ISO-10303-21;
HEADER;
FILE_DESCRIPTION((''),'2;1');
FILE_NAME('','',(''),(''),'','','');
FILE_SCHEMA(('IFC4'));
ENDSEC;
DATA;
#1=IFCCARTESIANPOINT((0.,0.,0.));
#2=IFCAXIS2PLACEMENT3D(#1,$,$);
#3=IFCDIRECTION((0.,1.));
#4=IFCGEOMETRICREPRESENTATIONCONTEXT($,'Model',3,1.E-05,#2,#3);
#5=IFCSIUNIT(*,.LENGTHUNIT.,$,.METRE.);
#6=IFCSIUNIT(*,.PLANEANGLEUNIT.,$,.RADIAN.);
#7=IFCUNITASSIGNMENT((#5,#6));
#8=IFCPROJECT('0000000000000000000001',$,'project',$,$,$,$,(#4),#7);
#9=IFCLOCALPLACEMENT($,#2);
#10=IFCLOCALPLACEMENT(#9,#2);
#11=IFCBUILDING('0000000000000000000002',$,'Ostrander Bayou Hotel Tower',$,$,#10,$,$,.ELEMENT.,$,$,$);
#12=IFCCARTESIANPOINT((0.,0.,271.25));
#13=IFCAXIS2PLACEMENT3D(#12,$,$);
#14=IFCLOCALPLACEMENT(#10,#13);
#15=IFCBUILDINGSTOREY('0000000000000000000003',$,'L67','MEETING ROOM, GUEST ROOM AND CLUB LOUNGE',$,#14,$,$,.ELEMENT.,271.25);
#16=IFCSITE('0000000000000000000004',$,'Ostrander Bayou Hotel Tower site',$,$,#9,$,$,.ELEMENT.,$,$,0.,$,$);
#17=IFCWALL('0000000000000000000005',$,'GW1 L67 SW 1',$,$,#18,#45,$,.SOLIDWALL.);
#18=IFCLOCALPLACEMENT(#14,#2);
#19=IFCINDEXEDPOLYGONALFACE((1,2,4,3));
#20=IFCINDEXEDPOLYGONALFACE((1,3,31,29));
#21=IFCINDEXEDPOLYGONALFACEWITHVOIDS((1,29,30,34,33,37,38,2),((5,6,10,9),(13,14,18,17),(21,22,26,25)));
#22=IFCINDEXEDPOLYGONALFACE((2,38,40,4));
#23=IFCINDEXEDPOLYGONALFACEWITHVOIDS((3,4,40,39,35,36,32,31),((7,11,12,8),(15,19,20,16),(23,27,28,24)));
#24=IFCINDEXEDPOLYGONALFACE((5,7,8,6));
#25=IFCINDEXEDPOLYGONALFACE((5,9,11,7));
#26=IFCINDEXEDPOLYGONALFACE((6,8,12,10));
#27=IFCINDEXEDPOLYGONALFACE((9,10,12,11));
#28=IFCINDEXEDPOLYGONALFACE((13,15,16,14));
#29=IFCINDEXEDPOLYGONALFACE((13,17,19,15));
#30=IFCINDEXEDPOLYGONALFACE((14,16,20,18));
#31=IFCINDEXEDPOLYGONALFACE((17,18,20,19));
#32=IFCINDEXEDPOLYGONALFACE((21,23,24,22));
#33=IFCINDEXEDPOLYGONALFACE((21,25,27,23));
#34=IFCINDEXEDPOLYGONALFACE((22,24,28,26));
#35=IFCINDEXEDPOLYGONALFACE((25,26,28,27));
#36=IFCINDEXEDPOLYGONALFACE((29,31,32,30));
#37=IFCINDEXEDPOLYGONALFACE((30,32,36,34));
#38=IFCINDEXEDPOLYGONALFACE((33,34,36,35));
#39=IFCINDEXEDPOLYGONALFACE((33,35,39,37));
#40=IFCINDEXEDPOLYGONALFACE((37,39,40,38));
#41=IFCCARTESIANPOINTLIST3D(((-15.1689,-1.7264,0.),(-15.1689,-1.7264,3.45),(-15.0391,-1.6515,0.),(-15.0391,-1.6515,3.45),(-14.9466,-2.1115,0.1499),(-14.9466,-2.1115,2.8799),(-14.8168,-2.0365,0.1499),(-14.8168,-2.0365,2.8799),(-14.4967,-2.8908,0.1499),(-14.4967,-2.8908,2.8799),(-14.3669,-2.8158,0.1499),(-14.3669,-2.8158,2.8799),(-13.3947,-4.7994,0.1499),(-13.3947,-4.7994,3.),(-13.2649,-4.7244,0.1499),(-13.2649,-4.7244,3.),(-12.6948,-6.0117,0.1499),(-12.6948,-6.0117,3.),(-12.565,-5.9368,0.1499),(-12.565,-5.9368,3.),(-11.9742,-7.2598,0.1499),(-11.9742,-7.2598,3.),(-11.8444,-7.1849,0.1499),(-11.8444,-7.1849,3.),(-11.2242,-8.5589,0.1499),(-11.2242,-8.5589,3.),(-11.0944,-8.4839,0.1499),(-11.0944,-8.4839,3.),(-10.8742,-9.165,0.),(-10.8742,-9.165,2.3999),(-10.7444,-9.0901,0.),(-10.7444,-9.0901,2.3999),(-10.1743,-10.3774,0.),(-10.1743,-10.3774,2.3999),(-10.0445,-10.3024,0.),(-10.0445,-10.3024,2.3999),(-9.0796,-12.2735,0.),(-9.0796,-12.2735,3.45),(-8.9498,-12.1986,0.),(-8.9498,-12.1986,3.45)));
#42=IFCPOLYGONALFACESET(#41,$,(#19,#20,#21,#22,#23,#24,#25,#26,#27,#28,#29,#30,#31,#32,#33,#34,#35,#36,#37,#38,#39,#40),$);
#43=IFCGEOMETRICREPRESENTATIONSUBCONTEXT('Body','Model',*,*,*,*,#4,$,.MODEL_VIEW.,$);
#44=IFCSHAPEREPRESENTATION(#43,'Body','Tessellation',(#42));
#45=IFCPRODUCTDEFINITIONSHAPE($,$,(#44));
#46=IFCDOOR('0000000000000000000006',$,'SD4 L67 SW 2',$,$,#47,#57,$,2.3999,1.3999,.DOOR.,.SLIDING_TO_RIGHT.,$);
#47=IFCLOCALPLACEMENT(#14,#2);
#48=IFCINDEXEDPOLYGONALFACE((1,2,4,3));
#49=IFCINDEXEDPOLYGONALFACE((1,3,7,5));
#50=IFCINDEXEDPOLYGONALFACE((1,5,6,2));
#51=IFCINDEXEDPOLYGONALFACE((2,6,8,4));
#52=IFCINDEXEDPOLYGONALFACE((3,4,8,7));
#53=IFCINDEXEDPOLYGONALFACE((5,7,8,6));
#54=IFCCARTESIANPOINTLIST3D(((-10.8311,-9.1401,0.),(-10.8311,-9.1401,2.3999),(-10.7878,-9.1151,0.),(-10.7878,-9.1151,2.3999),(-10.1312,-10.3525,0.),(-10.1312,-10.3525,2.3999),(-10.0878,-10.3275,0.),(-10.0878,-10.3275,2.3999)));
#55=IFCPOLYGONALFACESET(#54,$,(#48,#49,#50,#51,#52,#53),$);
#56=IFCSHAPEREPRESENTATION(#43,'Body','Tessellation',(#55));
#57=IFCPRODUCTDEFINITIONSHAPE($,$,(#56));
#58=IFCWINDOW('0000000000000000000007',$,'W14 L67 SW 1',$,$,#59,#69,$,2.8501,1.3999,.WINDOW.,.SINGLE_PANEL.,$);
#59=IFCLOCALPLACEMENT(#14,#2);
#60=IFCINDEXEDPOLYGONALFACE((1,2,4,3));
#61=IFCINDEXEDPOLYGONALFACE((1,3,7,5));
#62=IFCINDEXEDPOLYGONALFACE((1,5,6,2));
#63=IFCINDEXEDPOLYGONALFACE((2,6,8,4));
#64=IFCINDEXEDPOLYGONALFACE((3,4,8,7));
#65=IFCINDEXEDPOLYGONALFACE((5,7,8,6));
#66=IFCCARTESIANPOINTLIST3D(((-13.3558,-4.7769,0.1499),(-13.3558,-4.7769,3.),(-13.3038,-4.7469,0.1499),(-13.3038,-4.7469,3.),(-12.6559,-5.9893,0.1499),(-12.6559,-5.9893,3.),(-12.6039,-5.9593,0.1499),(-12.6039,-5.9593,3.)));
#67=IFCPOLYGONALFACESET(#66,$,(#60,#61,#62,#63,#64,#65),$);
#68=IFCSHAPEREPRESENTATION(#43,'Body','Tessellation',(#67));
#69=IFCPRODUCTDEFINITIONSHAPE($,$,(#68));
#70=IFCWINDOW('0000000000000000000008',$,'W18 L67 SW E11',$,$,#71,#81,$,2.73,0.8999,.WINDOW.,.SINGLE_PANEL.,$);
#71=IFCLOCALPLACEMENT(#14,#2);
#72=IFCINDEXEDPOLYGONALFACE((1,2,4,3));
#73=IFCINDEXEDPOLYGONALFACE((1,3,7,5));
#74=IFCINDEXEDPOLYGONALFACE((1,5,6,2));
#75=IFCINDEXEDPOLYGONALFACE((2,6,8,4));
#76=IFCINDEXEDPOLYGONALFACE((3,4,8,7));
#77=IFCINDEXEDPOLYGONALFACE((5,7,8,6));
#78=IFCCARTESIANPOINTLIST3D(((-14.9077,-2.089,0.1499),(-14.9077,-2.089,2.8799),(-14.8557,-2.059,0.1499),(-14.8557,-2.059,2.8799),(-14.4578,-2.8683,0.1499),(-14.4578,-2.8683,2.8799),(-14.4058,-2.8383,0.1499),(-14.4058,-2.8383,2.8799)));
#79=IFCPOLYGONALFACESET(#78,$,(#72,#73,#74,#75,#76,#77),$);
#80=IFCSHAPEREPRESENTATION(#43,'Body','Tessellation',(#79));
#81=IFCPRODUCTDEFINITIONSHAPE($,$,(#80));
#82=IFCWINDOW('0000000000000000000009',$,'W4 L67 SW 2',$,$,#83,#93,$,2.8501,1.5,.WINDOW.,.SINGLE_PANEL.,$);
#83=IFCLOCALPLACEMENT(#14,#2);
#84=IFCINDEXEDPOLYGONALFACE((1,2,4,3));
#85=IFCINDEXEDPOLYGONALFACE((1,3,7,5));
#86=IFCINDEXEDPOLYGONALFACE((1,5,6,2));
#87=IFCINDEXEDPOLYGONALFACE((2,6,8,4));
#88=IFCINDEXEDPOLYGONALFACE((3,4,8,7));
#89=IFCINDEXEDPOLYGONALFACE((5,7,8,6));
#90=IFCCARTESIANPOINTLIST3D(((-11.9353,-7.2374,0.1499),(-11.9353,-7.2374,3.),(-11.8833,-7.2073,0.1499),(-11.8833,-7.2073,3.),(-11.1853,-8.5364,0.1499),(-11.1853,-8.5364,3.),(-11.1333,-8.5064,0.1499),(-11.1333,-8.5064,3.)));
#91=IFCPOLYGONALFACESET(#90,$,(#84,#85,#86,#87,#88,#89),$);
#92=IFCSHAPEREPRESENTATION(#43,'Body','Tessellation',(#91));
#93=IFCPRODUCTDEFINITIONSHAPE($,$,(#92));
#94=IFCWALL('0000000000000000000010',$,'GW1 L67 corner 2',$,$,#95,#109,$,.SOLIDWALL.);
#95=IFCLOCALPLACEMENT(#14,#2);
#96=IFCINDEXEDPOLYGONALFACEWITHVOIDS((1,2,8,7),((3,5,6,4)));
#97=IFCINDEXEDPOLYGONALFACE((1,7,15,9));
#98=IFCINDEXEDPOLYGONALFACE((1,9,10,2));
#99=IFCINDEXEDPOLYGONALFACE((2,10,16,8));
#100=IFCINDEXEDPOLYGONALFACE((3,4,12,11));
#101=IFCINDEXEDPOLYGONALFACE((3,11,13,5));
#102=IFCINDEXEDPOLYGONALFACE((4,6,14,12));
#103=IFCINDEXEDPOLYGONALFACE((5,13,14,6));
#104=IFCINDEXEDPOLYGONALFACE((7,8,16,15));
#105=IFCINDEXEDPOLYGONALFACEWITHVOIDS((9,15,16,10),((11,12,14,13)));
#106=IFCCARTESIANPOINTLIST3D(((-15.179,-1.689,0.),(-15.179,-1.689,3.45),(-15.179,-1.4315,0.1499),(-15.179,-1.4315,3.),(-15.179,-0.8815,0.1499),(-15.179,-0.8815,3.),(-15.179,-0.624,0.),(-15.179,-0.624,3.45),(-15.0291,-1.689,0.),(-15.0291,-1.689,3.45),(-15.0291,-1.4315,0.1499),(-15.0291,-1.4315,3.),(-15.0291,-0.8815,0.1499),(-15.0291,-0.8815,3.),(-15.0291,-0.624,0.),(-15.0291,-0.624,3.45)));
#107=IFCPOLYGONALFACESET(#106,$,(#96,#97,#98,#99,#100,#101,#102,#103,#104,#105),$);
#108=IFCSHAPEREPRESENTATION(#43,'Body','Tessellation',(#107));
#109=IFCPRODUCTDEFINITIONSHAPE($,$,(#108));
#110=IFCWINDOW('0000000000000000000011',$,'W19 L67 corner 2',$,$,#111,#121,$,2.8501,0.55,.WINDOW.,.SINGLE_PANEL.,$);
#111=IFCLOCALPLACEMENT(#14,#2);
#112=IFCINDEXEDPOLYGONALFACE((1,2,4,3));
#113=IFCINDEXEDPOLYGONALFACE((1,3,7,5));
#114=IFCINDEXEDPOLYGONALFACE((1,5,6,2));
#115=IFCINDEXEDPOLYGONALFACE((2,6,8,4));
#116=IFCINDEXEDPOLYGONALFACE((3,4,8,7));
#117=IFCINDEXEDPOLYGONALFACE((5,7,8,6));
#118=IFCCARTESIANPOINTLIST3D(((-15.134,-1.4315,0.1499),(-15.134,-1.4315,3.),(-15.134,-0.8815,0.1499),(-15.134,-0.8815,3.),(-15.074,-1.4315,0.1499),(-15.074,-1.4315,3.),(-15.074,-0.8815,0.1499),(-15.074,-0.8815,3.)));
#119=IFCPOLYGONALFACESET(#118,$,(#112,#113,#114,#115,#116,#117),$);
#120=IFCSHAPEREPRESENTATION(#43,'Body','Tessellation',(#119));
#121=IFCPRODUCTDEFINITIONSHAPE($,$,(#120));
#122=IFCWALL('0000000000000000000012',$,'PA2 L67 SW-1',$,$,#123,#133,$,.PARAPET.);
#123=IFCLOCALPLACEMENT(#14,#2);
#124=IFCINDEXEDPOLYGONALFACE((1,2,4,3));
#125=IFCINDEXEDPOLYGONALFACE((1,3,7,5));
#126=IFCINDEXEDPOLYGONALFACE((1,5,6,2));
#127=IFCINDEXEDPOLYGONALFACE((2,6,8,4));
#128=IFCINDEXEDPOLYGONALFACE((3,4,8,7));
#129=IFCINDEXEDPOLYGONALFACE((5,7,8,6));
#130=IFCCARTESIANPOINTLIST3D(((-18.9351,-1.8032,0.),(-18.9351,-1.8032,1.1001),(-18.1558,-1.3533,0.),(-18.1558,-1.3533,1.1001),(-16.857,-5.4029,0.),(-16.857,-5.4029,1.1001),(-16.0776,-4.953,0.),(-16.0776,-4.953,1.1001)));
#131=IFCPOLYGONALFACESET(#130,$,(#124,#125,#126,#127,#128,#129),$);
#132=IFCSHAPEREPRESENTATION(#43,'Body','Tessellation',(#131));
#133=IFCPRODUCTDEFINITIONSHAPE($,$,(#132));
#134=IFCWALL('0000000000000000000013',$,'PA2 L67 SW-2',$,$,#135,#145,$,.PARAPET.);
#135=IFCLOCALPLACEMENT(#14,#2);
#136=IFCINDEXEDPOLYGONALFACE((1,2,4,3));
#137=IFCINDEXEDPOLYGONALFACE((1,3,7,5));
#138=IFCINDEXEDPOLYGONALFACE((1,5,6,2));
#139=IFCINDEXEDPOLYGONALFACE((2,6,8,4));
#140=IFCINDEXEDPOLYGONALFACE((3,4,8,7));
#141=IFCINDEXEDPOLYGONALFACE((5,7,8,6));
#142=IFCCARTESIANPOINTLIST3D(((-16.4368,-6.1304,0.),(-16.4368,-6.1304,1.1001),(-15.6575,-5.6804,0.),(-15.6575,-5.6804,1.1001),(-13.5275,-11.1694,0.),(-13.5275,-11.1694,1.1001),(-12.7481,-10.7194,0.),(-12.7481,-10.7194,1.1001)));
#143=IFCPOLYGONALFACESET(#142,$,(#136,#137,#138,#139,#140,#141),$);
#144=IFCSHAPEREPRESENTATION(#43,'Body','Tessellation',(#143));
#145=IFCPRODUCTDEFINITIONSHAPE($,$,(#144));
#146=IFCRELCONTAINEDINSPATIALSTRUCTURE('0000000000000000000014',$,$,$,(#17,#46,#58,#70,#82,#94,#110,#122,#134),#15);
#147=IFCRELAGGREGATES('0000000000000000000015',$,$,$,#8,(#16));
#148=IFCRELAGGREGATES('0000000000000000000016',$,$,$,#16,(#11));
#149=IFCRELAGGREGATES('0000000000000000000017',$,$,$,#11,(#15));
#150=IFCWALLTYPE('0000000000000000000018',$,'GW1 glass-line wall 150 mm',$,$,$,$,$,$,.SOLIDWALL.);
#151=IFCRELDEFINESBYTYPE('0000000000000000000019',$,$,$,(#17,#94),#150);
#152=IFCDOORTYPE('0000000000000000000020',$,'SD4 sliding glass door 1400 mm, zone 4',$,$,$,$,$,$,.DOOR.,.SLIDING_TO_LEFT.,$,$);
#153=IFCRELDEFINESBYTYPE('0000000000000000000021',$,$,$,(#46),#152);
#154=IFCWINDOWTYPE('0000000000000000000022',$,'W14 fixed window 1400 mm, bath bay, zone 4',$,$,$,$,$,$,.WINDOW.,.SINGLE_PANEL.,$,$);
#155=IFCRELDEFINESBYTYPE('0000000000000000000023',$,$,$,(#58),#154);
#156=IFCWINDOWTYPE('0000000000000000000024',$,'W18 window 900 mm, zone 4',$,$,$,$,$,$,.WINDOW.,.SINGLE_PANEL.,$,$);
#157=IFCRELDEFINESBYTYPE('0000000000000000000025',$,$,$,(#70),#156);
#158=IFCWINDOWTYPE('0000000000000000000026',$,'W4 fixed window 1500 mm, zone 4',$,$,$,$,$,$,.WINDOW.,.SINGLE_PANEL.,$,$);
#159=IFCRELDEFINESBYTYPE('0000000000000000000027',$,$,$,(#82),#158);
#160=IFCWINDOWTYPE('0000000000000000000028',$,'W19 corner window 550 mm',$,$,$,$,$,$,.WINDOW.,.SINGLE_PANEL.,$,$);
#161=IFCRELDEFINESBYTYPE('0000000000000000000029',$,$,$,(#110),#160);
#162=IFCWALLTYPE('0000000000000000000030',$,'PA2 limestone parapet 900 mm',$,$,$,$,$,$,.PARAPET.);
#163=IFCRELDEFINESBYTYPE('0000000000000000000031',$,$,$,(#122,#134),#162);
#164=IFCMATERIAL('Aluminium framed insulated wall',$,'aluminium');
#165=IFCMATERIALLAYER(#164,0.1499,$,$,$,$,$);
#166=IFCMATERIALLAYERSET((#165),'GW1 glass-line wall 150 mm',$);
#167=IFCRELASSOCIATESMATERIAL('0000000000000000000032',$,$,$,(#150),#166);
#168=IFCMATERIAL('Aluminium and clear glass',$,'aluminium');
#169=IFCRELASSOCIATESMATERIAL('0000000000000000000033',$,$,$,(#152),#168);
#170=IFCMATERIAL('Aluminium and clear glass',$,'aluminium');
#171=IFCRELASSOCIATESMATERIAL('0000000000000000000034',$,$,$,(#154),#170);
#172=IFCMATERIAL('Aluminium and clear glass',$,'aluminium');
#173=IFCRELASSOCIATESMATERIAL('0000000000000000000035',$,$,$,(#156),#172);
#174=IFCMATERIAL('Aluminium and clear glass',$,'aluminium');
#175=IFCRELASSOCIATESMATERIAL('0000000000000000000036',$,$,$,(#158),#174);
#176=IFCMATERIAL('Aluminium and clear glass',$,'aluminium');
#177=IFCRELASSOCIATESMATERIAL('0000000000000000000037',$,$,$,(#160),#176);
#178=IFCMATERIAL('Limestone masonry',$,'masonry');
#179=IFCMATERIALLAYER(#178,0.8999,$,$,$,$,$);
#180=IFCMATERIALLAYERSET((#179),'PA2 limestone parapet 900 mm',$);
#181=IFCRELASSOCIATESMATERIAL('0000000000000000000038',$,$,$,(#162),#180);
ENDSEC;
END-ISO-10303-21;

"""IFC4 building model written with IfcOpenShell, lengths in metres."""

from ifc_helpers import new_model, si_unit, direction, frame, frame_2d, origin, place, context, subcontext, project, spatial, rectangle, extrude, material, layer, layer_set, type_object, element, fill, save


model = new_model("IFC4")

# Units and contexts
model_context = context("Model", 3, precision=1e-05, world=origin(), true_north=direction((0.0, 1.0)))
body_context = subcontext(model_context, "Body", "Model", "MODEL_VIEW")
ifc_project = project(units=[si_unit("LENGTHUNIT", "METRE"), si_unit("PLANEANGLEUNIT", "RADIAN")], contexts=[model_context])

# Site, building, storey
site_placement = place(None, origin())
site = spatial("IfcSite", under=ifc_project, at=site_placement, Name="Ostrander Bayou Hotel Tower site", CompositionType="ELEMENT", RefElevation=0.0)
building_placement = place(site_placement, origin())
building = spatial("IfcBuilding", under=site, at=building_placement, Name="Ostrander Bayou Hotel Tower", CompositionType="ELEMENT")
storey_placement = place(building_placement, frame((0.0, 0.0, 271.25)))
storey = spatial("IfcBuildingStorey", under=building, at=storey_placement, Name="L67", Description="MEETING ROOM, GUEST ROOM AND CLUB LOUNGE", CompositionType="ELEMENT", Elevation=271.25)

# Wall, openings, door, windows
ifc_material_1 = material(Name="Aluminium framed insulated wall", Category="aluminium")
ifc_layer_1 = layer(ifc_material_1, 0.1499)
ifc_layer_set_1 = layer_set([ifc_layer_1], Name="GW1 glass-line wall 150 mm")
wall_type_1 = type_object("IfcWallType", Name="GW1 glass-line wall 150 mm", PredefinedType="SOLIDWALL", material=ifc_layer_set_1)
wall_1_placement = place(storey_placement, frame((-15.104, -1.689, 0.0), z_axis=(0.0, 0.0, 1.0), x_axis=(0.499998, -0.866026, 0.0)))
wall_1 = element("IfcWall", 1, at=wall_1_placement, inside=storey, type_object=wall_type_1, Name="GW1 L67 SW 1", PredefinedType="SOLIDWALL", context=body_context, shape_type="SweptSolid", body=[
    extrude(rectangle(XDim=12.1787, YDim=0.1499, at=frame_2d((6.0894, 0.0))), origin(), (0.0, 0.0, 1.0), 3.45),
])
opening_1_placement = place(wall_1_placement, frame((3.5483, 0.0, 0.1499)))
opening_1 = element("IfcOpeningElement", 2, at=opening_1_placement, cuts=wall_1, PredefinedType="OPENING", context=body_context, shape_type="SweptSolid", body=[
    extrude(rectangle(XDim=1.3999, YDim=2.8501, at=frame_2d((0.7, 1.425))), frame((0.0, 0.075, 0.0), z_axis=(0.0, -1.0, 0.0), x_axis=(1.0, 0.0, 0.0)), (0.0, 0.0, 1.0), 0.1499),
])
opening_2_placement = place(wall_1_placement, frame((6.3894, 0.0, 0.1499)))
opening_2 = element("IfcOpeningElement", 3, at=opening_2_placement, cuts=wall_1, PredefinedType="OPENING", context=body_context, shape_type="SweptSolid", body=[
    extrude(rectangle(XDim=1.5, YDim=2.8501, at=frame_2d((0.75, 1.425))), frame((0.0, 0.075, 0.0), z_axis=(0.0, -1.0, 0.0), x_axis=(1.0, 0.0, 0.0)), (0.0, 0.0, 1.0), 0.1499),
])
opening_3_placement = place(wall_1_placement, frame((8.5894, 0.0, 0.0)))
opening_3 = element("IfcOpeningElement", 4, at=opening_3_placement, cuts=wall_1, PredefinedType="OPENING", context=body_context, shape_type="SweptSolid", body=[
    extrude(rectangle(XDim=1.3999, YDim=2.3999, at=frame_2d((0.7, 1.2))), frame((0.0, 0.075, 0.0), z_axis=(0.0, -1.0, 0.0), x_axis=(1.0, 0.0, 0.0)), (0.0, 0.0, 1.0), 0.1499),
])
opening_4_placement = place(wall_1_placement, frame((0.4446, 0.0, 0.1499)))
opening_4 = element("IfcOpeningElement", 5, at=opening_4_placement, cuts=wall_1, PredefinedType="OPENING", context=body_context, shape_type="SweptSolid", body=[
    extrude(rectangle(XDim=0.8999, YDim=2.73, at=frame_2d((0.45, 1.365))), frame((0.0, 0.075, 0.0), z_axis=(0.0, -1.0, 0.0), x_axis=(1.0, 0.0, 0.0)), (0.0, 0.0, 1.0), 0.1499),
])
ifc_material_2 = material(Name="Aluminium and clear glass", Category="aluminium")
door_type_1 = type_object("IfcDoorType", Name="SD4 sliding glass door 1400 mm, zone 4", OperationType="SLIDING_TO_LEFT", PredefinedType="DOOR", material=ifc_material_2)
door_1_placement = place(opening_3_placement, origin())
door_1 = element("IfcDoor", 6, at=door_1_placement, inside=storey, type_object=door_type_1, Name="SD4 L67 SW 2", OperationType="SLIDING_TO_RIGHT", OverallHeight=2.3999, OverallWidth=1.3999, PredefinedType="DOOR", context=body_context, shape_type="SweptSolid", body=[
    extrude(rectangle(XDim=1.3999, YDim=2.3999, at=frame_2d((0.7, 1.2))), frame((0.0, 0.0249, 0.0), z_axis=(0.0, -1.0, 0.0), x_axis=(1.0, 0.0, 0.0)), (0.0, 0.0, 1.0), 0.05),
])
fill(opening_3, door_1)
ifc_material_3 = material(Name="Aluminium and clear glass", Category="aluminium")
window_type_1 = type_object("IfcWindowType", Name="W14 fixed window 1400 mm, bath bay, zone 4", PartitioningType="SINGLE_PANEL", PredefinedType="WINDOW", material=ifc_material_3)
window_1_placement = place(opening_1_placement, origin())
window_1 = element("IfcWindow", 7, at=window_1_placement, inside=storey, type_object=window_type_1, Name="W14 L67 SW 1", OverallHeight=2.8501, OverallWidth=1.3999, PartitioningType="SINGLE_PANEL", PredefinedType="WINDOW", context=body_context, shape_type="SweptSolid", body=[
    extrude(rectangle(XDim=1.3999, YDim=2.8501, at=frame_2d((0.7, 1.425))), frame((0.0, 0.03, 0.0), z_axis=(0.0, -1.0, 0.0), x_axis=(1.0, 0.0, 0.0)), (0.0, 0.0, 1.0), 0.0601),
])
fill(opening_1, window_1)
ifc_material_4 = material(Name="Aluminium and clear glass", Category="aluminium")
window_type_2 = type_object("IfcWindowType", Name="W18 window 900 mm, zone 4", PartitioningType="SINGLE_PANEL", PredefinedType="WINDOW", material=ifc_material_4)
window_2_placement = place(opening_4_placement, origin())
window_2 = element("IfcWindow", 8, at=window_2_placement, inside=storey, type_object=window_type_2, Name="W18 L67 SW E11", OverallHeight=2.73, OverallWidth=0.8999, PartitioningType="SINGLE_PANEL", PredefinedType="WINDOW", context=body_context, shape_type="SweptSolid", body=[
    extrude(rectangle(XDim=0.8999, YDim=2.73, at=frame_2d((0.45, 1.365))), frame((0.0, 0.03, 0.0), z_axis=(0.0, -1.0, 0.0), x_axis=(1.0, 0.0, 0.0)), (0.0, 0.0, 1.0), 0.0601),
])
fill(opening_4, window_2)
ifc_material_5 = material(Name="Aluminium and clear glass", Category="aluminium")
window_type_3 = type_object("IfcWindowType", Name="W4 fixed window 1500 mm, zone 4", PartitioningType="SINGLE_PANEL", PredefinedType="WINDOW", material=ifc_material_5)
window_3_placement = place(opening_2_placement, origin())
window_3 = element("IfcWindow", 9, at=window_3_placement, inside=storey, type_object=window_type_3, Name="W4 L67 SW 2", OverallHeight=2.8501, OverallWidth=1.5, PartitioningType="SINGLE_PANEL", PredefinedType="WINDOW", context=body_context, shape_type="SweptSolid", body=[
    extrude(rectangle(XDim=1.5, YDim=2.8501, at=frame_2d((0.75, 1.425))), frame((0.0, 0.03, 0.0), z_axis=(0.0, -1.0, 0.0), x_axis=(1.0, 0.0, 0.0)), (0.0, 0.0, 1.0), 0.0601),
])
fill(opening_2, window_3)

# Wall, opening, window
wall_2_placement = place(storey_placement, frame((-15.104, -0.624, 0.0), z_axis=(0.0, 0.0, 1.0), x_axis=(0.0, -1.0, 0.0)))
wall_2 = element("IfcWall", 10, at=wall_2_placement, inside=storey, type_object=wall_type_1, Name="GW1 L67 corner 2", PredefinedType="SOLIDWALL", context=body_context, shape_type="SweptSolid", body=[
    extrude(rectangle(XDim=1.0649, YDim=0.1499, at=frame_2d((0.5325, 0.0))), origin(), (0.0, 0.0, 1.0), 3.45),
])
opening_5_placement = place(wall_2_placement, frame((0.2576, 0.0, 0.1499)))
opening_5 = element("IfcOpeningElement", 11, at=opening_5_placement, cuts=wall_2, PredefinedType="OPENING", context=body_context, shape_type="SweptSolid", body=[
    extrude(rectangle(XDim=0.55, YDim=2.8501, at=frame_2d((0.2749, 1.425))), frame((0.0, 0.075, 0.0), z_axis=(0.0, -1.0, 0.0), x_axis=(1.0, 0.0, 0.0)), (0.0, 0.0, 1.0), 0.1499),
])
ifc_material_6 = material(Name="Aluminium and clear glass", Category="aluminium")
window_type_4 = type_object("IfcWindowType", Name="W19 corner window 550 mm", PartitioningType="SINGLE_PANEL", PredefinedType="WINDOW", material=ifc_material_6)
window_4_placement = place(opening_5_placement, origin())
window_4 = element("IfcWindow", 12, at=window_4_placement, inside=storey, type_object=window_type_4, Name="W19 L67 corner 2", OverallHeight=2.8501, OverallWidth=0.55, PartitioningType="SINGLE_PANEL", PredefinedType="WINDOW", context=body_context, shape_type="SweptSolid", body=[
    extrude(rectangle(XDim=0.55, YDim=2.8501, at=frame_2d((0.2749, 1.425))), frame((0.0, 0.03, 0.0), z_axis=(0.0, -1.0, 0.0), x_axis=(1.0, 0.0, 0.0)), (0.0, 0.0, 1.0), 0.0601),
])
fill(opening_5, window_4)

# Walls
ifc_material_7 = material(Name="Limestone masonry", Category="masonry")
ifc_layer_2 = layer(ifc_material_7, 0.8999)
ifc_layer_set_2 = layer_set([ifc_layer_2], Name="PA2 limestone parapet 900 mm")
wall_type_2 = type_object("IfcWallType", Name="PA2 limestone parapet 900 mm", PredefinedType="PARAPET", material=ifc_layer_set_2)
wall_3_placement = place(storey_placement, frame((-18.5454, -1.5784, 0.0), z_axis=(0.0, 0.0, 1.0), x_axis=(0.49998, -0.866037, 0.0)))
element("IfcWall", 13, at=wall_3_placement, inside=storey, type_object=wall_type_2, Name="PA2 L67 SW-1", PredefinedType="PARAPET", context=body_context, shape_type="SweptSolid", body=[
    extrude(rectangle(XDim=4.1565, YDim=0.8999, at=frame_2d((2.0781, 0.0))), origin(), (0.0, 0.0, 1.0), 1.1001),
])
wall_4_placement = place(storey_placement, frame((-16.0471, -5.9055, 0.0), z_axis=(0.0, 0.0, 1.0), x_axis=(0.500015, -0.866016, 0.0)))
element("IfcWall", 14, at=wall_4_placement, inside=storey, type_object=wall_type_2, Name="PA2 L67 SW-2", PredefinedType="PARAPET", context=body_context, shape_type="SweptSolid", body=[
    extrude(rectangle(XDim=5.8186, YDim=0.8999, at=frame_2d((2.9092, 0.0))), origin(), (0.0, 0.0, 1.0), 1.1001),
])

save(model, "model.ifc")
